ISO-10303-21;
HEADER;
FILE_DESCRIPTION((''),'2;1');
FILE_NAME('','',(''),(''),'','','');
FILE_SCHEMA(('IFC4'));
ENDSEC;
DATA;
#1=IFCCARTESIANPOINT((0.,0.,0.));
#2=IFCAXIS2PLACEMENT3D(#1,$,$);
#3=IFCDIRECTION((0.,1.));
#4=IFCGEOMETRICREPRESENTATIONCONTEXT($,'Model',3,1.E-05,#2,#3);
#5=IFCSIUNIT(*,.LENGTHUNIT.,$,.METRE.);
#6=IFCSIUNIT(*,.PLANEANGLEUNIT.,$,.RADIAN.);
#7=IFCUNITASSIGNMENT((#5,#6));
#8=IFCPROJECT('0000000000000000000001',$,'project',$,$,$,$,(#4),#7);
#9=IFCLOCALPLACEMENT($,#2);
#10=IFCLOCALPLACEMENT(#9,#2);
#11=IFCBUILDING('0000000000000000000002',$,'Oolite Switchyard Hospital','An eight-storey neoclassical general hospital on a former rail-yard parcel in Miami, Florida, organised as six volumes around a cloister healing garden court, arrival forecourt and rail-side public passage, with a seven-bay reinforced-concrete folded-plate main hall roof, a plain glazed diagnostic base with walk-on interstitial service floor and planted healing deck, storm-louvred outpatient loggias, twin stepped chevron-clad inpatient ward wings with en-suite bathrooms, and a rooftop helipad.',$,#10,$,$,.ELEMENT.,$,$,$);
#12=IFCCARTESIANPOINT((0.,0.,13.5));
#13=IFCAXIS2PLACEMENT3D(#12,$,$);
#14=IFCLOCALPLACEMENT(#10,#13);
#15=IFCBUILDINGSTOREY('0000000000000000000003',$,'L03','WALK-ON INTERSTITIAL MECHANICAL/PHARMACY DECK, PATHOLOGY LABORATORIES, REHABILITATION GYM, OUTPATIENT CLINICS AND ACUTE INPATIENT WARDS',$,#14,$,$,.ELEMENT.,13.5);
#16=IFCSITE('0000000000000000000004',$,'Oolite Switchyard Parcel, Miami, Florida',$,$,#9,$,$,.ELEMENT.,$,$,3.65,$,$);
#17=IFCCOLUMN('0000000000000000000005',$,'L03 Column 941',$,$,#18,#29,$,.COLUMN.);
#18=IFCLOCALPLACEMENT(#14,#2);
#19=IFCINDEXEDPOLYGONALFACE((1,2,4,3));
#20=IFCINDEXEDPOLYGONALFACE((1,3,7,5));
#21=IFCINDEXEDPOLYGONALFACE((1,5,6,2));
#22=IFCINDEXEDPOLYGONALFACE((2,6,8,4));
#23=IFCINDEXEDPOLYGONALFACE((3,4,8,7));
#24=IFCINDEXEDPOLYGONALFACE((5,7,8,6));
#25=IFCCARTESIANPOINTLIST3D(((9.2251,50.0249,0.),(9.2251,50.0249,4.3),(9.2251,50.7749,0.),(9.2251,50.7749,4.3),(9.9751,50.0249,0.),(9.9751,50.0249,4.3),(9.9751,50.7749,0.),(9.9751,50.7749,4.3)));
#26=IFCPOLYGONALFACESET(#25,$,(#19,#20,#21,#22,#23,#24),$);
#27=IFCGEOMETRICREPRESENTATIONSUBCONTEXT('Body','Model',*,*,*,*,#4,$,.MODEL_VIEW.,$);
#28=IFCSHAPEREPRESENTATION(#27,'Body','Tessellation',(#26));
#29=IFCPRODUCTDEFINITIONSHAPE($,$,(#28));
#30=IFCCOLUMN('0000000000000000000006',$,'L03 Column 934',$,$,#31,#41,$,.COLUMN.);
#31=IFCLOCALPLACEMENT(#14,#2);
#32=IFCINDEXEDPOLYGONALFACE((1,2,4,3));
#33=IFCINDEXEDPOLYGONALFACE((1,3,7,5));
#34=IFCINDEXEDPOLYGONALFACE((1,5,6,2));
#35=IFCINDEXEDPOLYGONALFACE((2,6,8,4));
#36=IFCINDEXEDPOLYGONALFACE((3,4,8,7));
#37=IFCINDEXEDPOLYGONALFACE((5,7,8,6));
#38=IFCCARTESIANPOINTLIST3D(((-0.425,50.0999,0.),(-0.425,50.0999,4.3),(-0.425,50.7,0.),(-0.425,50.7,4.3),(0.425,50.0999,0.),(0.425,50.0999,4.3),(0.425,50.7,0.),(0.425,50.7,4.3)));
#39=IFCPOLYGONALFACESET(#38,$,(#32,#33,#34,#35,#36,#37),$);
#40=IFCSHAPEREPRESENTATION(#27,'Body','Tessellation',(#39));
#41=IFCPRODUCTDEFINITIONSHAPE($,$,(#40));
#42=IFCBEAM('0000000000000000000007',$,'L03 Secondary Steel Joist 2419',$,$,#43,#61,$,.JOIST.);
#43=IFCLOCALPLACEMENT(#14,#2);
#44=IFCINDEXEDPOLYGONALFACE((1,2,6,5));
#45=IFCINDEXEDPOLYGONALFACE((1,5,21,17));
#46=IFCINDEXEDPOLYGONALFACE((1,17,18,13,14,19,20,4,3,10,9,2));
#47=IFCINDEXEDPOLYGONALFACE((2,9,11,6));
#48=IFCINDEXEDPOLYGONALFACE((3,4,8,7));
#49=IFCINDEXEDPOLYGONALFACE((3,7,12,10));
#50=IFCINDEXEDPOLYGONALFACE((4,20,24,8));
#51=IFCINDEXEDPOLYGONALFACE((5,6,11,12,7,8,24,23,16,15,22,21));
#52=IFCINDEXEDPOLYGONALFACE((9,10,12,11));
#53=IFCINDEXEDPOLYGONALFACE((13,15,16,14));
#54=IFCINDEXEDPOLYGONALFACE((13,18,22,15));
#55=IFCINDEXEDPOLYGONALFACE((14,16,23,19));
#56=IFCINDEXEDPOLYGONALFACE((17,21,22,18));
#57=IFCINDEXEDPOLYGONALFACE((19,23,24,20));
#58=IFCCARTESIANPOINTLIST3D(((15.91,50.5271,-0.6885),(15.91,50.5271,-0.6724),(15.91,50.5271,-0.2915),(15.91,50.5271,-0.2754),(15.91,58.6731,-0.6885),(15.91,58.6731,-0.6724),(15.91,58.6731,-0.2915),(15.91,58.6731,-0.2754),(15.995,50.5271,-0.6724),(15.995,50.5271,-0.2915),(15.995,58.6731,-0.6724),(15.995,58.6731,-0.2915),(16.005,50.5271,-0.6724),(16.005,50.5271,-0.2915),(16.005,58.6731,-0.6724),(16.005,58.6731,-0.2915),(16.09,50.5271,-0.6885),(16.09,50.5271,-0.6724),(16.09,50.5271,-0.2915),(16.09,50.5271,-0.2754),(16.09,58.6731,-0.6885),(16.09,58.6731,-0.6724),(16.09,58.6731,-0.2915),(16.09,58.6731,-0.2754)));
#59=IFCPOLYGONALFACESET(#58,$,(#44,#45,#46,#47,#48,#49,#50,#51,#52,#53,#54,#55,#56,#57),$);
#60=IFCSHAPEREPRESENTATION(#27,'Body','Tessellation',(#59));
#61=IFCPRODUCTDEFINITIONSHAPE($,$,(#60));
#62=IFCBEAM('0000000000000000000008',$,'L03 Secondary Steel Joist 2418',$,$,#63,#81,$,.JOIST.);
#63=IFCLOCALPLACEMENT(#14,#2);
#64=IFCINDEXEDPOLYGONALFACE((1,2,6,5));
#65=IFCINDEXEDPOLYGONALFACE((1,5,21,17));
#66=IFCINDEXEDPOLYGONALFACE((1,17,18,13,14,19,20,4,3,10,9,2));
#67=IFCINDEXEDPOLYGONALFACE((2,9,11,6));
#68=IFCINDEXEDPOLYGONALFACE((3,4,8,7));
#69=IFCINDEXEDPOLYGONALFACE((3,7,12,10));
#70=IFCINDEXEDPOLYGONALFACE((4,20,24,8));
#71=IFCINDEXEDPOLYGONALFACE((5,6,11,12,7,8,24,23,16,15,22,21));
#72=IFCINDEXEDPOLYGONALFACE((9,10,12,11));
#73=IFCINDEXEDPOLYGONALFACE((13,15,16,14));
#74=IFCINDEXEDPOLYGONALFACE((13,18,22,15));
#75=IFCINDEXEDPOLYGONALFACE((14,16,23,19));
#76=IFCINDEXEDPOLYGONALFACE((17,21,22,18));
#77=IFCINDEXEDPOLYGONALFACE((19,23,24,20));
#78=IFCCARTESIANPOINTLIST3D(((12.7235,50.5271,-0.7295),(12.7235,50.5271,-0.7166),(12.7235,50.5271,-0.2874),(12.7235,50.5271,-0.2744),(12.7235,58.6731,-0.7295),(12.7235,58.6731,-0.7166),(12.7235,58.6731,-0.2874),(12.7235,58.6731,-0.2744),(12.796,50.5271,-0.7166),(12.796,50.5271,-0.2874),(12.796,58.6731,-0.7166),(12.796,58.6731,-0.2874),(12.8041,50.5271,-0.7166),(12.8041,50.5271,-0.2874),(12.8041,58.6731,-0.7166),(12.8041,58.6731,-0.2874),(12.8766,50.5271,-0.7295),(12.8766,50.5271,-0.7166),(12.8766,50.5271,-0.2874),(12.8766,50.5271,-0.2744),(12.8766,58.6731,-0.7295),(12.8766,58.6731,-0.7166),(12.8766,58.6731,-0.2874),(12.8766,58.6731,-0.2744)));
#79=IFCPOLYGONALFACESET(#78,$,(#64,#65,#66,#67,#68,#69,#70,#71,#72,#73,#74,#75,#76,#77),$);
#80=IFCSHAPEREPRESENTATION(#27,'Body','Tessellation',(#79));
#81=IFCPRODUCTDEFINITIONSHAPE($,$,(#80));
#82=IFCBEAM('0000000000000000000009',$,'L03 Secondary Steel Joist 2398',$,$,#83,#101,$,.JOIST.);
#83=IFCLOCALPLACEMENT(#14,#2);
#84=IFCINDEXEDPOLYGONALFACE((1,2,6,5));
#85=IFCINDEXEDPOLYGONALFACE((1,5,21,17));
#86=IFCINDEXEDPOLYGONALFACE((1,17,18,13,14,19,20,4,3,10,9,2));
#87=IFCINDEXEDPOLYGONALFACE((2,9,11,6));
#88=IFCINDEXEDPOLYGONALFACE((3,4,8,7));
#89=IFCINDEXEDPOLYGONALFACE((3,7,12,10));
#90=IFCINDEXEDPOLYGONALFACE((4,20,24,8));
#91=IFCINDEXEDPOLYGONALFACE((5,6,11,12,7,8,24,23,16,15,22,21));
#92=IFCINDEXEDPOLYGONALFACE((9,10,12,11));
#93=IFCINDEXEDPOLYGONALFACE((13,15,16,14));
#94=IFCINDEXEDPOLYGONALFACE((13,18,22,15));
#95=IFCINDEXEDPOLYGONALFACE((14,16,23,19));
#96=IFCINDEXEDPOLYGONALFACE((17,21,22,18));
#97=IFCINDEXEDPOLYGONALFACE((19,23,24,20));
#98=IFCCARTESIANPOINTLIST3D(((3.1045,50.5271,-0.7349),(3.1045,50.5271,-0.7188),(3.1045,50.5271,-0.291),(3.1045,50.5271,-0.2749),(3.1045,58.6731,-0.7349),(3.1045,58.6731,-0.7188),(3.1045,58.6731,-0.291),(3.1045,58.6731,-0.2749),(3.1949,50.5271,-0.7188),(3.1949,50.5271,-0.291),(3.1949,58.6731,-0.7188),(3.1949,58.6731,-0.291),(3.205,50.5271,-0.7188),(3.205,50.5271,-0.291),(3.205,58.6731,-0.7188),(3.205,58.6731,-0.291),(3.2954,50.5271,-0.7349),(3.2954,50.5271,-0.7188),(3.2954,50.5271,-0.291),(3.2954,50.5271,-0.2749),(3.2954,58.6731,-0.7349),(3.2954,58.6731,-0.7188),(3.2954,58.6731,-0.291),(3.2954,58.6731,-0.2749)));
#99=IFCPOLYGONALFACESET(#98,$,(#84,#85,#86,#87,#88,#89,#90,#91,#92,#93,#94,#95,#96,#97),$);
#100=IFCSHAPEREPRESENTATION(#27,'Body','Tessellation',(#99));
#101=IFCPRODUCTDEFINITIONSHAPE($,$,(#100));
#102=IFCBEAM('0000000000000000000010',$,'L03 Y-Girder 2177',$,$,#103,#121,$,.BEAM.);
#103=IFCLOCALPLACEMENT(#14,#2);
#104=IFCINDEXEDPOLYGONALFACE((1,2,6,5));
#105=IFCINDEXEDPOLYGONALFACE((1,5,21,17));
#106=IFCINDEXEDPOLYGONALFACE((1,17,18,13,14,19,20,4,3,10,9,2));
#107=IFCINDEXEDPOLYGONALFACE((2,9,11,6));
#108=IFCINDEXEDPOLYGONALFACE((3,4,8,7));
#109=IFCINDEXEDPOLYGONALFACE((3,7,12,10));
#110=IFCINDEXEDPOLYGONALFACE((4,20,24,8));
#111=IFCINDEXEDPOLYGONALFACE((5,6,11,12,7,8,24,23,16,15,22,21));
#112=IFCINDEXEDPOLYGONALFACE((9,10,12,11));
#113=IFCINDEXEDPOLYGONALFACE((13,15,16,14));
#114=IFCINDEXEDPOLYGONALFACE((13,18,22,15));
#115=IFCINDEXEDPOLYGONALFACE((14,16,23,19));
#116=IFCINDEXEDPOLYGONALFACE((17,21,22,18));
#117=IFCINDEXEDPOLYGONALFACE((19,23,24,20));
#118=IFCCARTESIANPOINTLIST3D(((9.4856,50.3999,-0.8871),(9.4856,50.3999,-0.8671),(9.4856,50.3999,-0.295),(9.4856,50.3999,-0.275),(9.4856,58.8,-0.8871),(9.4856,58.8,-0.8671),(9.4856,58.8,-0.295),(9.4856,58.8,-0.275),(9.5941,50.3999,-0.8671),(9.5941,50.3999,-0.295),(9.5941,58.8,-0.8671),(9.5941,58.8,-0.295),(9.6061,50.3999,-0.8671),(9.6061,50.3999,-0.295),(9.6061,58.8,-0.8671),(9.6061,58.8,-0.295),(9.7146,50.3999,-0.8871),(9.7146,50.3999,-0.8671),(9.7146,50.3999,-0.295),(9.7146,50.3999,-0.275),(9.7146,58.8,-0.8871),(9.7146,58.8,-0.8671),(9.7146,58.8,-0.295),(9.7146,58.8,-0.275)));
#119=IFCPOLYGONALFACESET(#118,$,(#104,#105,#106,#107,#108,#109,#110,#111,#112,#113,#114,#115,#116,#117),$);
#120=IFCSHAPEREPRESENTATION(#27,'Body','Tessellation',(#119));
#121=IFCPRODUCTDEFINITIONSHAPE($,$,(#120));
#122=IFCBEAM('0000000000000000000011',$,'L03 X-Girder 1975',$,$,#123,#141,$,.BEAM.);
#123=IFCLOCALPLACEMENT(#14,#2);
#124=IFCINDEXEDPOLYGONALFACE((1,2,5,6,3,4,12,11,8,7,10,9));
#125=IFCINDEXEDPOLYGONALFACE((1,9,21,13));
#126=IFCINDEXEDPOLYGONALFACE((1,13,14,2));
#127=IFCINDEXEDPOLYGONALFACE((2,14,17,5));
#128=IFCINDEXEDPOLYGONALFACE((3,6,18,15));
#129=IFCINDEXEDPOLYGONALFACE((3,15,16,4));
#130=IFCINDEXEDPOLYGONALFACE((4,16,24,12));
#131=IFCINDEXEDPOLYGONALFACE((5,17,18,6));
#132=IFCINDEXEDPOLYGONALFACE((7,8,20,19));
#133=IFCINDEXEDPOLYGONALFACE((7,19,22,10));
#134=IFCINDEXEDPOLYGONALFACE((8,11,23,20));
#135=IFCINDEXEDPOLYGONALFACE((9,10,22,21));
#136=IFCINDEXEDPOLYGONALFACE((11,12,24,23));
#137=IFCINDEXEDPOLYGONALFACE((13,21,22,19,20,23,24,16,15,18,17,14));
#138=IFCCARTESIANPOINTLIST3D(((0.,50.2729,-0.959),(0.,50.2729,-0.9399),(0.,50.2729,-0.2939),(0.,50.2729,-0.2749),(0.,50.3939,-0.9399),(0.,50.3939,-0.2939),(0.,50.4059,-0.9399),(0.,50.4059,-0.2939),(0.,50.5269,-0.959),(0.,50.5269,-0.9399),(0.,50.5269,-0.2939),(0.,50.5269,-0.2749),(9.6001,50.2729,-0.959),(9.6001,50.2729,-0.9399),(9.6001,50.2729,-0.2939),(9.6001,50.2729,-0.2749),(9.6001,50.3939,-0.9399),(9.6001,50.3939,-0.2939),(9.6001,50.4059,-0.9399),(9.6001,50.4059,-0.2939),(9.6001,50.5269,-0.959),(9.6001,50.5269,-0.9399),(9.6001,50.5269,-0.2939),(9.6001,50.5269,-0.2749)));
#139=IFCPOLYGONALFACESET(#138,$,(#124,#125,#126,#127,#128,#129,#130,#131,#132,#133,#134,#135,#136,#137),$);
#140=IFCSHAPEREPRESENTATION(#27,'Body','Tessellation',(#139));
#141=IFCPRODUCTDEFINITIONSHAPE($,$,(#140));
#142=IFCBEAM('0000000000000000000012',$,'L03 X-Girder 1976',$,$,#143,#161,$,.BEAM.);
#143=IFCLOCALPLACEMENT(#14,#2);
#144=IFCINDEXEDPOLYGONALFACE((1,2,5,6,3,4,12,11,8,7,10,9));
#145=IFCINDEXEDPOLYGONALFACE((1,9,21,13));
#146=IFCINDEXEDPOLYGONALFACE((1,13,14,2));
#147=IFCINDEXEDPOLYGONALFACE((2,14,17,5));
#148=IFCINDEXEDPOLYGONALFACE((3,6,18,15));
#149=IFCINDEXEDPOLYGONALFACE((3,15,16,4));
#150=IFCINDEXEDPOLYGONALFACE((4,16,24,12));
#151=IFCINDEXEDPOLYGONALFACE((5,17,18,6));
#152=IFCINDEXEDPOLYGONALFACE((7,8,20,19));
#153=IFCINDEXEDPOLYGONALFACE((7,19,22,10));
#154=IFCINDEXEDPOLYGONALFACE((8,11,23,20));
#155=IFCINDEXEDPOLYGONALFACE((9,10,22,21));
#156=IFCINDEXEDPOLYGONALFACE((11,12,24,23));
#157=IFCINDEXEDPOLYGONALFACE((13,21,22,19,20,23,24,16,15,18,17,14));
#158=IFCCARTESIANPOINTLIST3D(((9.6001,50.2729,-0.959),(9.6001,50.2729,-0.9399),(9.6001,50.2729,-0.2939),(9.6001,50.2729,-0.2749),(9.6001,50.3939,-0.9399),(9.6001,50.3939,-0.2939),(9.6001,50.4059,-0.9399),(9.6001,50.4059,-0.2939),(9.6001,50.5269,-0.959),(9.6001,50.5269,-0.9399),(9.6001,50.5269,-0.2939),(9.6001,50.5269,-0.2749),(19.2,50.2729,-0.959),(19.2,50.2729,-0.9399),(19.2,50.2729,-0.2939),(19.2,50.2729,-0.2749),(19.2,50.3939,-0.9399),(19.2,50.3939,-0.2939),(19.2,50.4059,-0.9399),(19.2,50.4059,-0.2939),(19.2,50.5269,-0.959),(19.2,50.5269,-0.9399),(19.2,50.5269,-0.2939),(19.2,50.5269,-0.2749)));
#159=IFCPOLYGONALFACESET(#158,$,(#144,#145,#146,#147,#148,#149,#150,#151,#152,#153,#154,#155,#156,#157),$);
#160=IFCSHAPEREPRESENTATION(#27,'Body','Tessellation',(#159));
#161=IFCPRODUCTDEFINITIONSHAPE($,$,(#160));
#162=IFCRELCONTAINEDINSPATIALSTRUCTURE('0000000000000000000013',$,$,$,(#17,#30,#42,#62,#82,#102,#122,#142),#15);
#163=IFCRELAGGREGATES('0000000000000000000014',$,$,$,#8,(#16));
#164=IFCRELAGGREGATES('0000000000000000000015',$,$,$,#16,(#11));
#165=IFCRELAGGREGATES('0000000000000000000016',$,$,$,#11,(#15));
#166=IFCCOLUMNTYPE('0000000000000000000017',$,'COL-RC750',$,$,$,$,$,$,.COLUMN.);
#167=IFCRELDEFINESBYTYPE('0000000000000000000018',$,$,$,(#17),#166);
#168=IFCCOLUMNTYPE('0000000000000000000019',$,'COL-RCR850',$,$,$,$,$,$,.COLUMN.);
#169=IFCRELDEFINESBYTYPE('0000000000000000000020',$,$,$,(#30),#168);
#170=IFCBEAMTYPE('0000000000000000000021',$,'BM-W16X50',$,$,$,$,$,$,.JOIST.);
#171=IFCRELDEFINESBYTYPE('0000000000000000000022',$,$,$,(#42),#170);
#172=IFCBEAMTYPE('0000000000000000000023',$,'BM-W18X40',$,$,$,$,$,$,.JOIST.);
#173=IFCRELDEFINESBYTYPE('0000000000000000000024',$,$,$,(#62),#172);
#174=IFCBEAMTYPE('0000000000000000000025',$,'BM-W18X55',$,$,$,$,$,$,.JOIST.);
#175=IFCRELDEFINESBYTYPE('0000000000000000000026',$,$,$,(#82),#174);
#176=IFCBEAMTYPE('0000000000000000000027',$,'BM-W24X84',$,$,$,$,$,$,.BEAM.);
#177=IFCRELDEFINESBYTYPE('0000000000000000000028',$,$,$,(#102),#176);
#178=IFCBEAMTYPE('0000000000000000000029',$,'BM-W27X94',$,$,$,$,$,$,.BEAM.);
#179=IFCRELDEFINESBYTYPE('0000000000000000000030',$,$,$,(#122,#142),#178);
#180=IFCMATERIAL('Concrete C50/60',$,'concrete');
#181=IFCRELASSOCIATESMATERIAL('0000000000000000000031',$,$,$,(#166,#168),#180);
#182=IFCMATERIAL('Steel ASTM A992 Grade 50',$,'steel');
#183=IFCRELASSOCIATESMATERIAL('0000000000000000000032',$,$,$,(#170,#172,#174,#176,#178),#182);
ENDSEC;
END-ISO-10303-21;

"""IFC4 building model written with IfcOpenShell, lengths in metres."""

from ifc_helpers import new_model, si_unit, direction, frame, origin, origin_2d, place, context, subcontext, project, spatial, rectangle, i_section, extrude, material, material_profile, profile_set, type_object, element, save


model = new_model("IFC4")

# Units and contexts
model_context = context("Model", 3, precision=1e-05, world=origin(), true_north=direction((0.0, 1.0)))
body_context = subcontext(model_context, "Body", "Model", "MODEL_VIEW")
ifc_project = project(units=[si_unit("LENGTHUNIT", "METRE"), si_unit("PLANEANGLEUNIT", "RADIAN")], contexts=[model_context])

# Site, building, storey
site_placement = place(None, origin())
site = spatial("IfcSite", under=ifc_project, at=site_placement, Name="Oolite Switchyard Parcel, Miami, Florida", CompositionType="ELEMENT", RefElevation=3.65)
building_placement = place(site_placement, origin())
building = spatial("IfcBuilding", under=site, at=building_placement, Name="Oolite Switchyard Hospital", Description="An eight-storey neoclassical general hospital on a former rail-yard parcel in Miami, Florida, organised as six volumes around a cloister healing garden court, arrival forecourt and rail-side public passage, with a seven-bay reinforced-concrete folded-plate main hall roof, a plain glazed diagnostic base with walk-on interstitial service floor and planted healing deck, storm-louvred outpatient loggias, twin stepped chevron-clad inpatient ward wings with en-suite bathrooms, and a rooftop helipad.", CompositionType="ELEMENT")
storey_placement = place(building_placement, frame((0.0, 0.0, 13.5)))
storey = spatial("IfcBuildingStorey", under=building, at=storey_placement, Name="L03", Description="WALK-ON INTERSTITIAL MECHANICAL/PHARMACY DECK, PATHOLOGY LABORATORIES, REHABILITATION GYM, OUTPATIENT CLINICS AND ACUTE INPATIENT WARDS", CompositionType="ELEMENT", Elevation=13.5)

# Columns
ifc_material_1 = material(Name="Concrete C50/60", Category="concrete")
ifc_material_profile_1 = material_profile(ifc_material_1, rectangle(XDim=0.75, YDim=0.75, at=origin_2d()), Name="RC750X750")
ifc_profile_set_1 = profile_set([ifc_material_profile_1], Name="Concrete C50/60")
column_type_1 = type_object("IfcColumnType", Name="COL-RC750", PredefinedType="COLUMN", material=ifc_profile_set_1)
column_1_placement = place(storey_placement, frame((9.6001, 50.3999, 0.0), z_axis=(0.0, 0.0, 1.0), x_axis=(1.0, 0.0, 0.0)))
element("IfcColumn", 1, at=column_1_placement, inside=storey, type_object=column_type_1, Name="L03 Column 941", PredefinedType="COLUMN", context=body_context, shape_type="SweptSolid", body=[
    extrude(rectangle(XDim=0.75, YDim=0.75, at=origin_2d()), origin(), (0.0, 0.0, 1.0), 4.3),
])
ifc_material_profile_2 = material_profile(ifc_material_1, rectangle(XDim=0.8501, YDim=0.6001, at=origin_2d()), Name="RC850X600")
ifc_profile_set_2 = profile_set([ifc_material_profile_2], Name="Concrete C50/60")
column_type_2 = type_object("IfcColumnType", Name="COL-RCR850", PredefinedType="COLUMN", material=ifc_profile_set_2)
column_2_placement = place(storey_placement, frame((0.0, 50.3999, 0.0), z_axis=(0.0, 0.0, 1.0), x_axis=(1.0, 0.0, 0.0)))
element("IfcColumn", 2, at=column_2_placement, inside=storey, type_object=column_type_2, Name="L03 Column 934", PredefinedType="COLUMN", context=body_context, shape_type="SweptSolid", body=[
    extrude(rectangle(XDim=0.8501, YDim=0.6001, at=origin_2d()), origin(), (0.0, 0.0, 1.0), 4.3),
])

# Beams
ifc_material_2 = material(Name="Steel ASTM A992 Grade 50", Category="steel")
ifc_material_profile_3 = material_profile(ifc_material_2, i_section(OverallWidth=0.1799, OverallDepth=0.4131, WebThickness=0.01, FlangeThickness=0.0161, at=origin_2d()), Name="W16X50")
ifc_profile_set_3 = profile_set([ifc_material_profile_3], Name="Steel ASTM A992 Grade 50")
beam_type_1 = type_object("IfcBeamType", Name="BM-W16X50", PredefinedType="JOIST", material=ifc_profile_set_3)
beam_1_placement = place(storey_placement, frame((16.0, 50.5271, -0.4819), z_axis=(0.0, 1.0, 0.0), x_axis=(-1.0, 0.0, 0.0)))
element("IfcBeam", 3, at=beam_1_placement, inside=storey, type_object=beam_type_1, Name="L03 Secondary Steel Joist 2419", PredefinedType="JOIST", context=body_context, shape_type="SweptSolid", body=[
    extrude(i_section(OverallWidth=0.1799, OverallDepth=0.4131, WebThickness=0.01, FlangeThickness=0.0161, at=origin_2d()), origin(), (0.0, 0.0, 1.0), 8.146),
])
ifc_material_profile_4 = material_profile(ifc_material_2, i_section(OverallWidth=0.1531, OverallDepth=0.4551, WebThickness=0.0081, FlangeThickness=0.0129, at=origin_2d()), Name="W18X40")
ifc_profile_set_4 = profile_set([ifc_material_profile_4], Name="Steel ASTM A992 Grade 50")
beam_type_2 = type_object("IfcBeamType", Name="BM-W18X40", PredefinedType="JOIST", material=ifc_profile_set_4)
beam_2_placement = place(storey_placement, frame((12.8, 50.5271, -0.502), z_axis=(0.0, 1.0, 0.0), x_axis=(-1.0, 0.0, 0.0)))
element("IfcBeam", 4, at=beam_2_placement, inside=storey, type_object=beam_type_2, Name="L03 Secondary Steel Joist 2418", PredefinedType="JOIST", context=body_context, shape_type="SweptSolid", body=[
    extrude(i_section(OverallWidth=0.1531, OverallDepth=0.4551, WebThickness=0.0081, FlangeThickness=0.0129, at=origin_2d()), origin(), (0.0, 0.0, 1.0), 8.146),
])
ifc_material_profile_5 = material_profile(ifc_material_2, i_section(OverallWidth=0.1909, OverallDepth=0.46, WebThickness=0.01, FlangeThickness=0.0161, at=origin_2d()), Name="W18X55")
ifc_profile_set_5 = profile_set([ifc_material_profile_5], Name="Steel ASTM A992 Grade 50")
beam_type_3 = type_object("IfcBeamType", Name="BM-W18X55", PredefinedType="JOIST", material=ifc_profile_set_5)
beam_3_placement = place(storey_placement, frame((3.2, 50.5271, -0.5049), z_axis=(0.0, 1.0, 0.0), x_axis=(-1.0, 0.0, 0.0)))
element("IfcBeam", 5, at=beam_3_placement, inside=storey, type_object=beam_type_3, Name="L03 Secondary Steel Joist 2398", PredefinedType="JOIST", context=body_context, shape_type="SweptSolid", body=[
    extrude(i_section(OverallWidth=0.1909, OverallDepth=0.46, WebThickness=0.01, FlangeThickness=0.0161, at=origin_2d()), origin(), (0.0, 0.0, 1.0), 8.146),
])
ifc_material_profile_6 = material_profile(ifc_material_2, i_section(OverallWidth=0.229, OverallDepth=0.6121, WebThickness=0.012, FlangeThickness=0.02, at=origin_2d()), Name="W24X84")
ifc_profile_set_6 = profile_set([ifc_material_profile_6], Name="Steel ASTM A992 Grade 50")
beam_type_4 = type_object("IfcBeamType", Name="BM-W24X84", PredefinedType="BEAM", material=ifc_profile_set_6)
beam_4_placement = place(storey_placement, frame((9.6001, 50.3999, -0.5811), z_axis=(0.0, 1.0, 0.0), x_axis=(-1.0, 0.0, 0.0)))
element("IfcBeam", 6, at=beam_4_placement, inside=storey, type_object=beam_type_4, Name="L03 Y-Girder 2177", PredefinedType="BEAM", context=body_context, shape_type="SweptSolid", body=[
    extrude(i_section(OverallWidth=0.229, OverallDepth=0.6121, WebThickness=0.012, FlangeThickness=0.02, at=origin_2d()), origin(), (0.0, 0.0, 1.0), 8.4001),
])
ifc_material_profile_7 = material_profile(ifc_material_2, i_section(OverallWidth=0.2539, OverallDepth=0.6841, WebThickness=0.012, FlangeThickness=0.019, at=origin_2d()), Name="W27X94")
ifc_profile_set_7 = profile_set([ifc_material_profile_7], Name="Steel ASTM A992 Grade 50")
beam_type_5 = type_object("IfcBeamType", Name="BM-W27X94", PredefinedType="BEAM", material=ifc_profile_set_7)
beam_5_placement = place(storey_placement, frame((0.0, 50.3999, -0.6169), z_axis=(1.0, 0.0, 0.0), x_axis=(0.0, 1.0, 0.0)))
element("IfcBeam", 7, at=beam_5_placement, inside=storey, type_object=beam_type_5, Name="L03 X-Girder 1975", PredefinedType="BEAM", context=body_context, shape_type="SweptSolid", body=[
    extrude(i_section(OverallWidth=0.2539, OverallDepth=0.6841, WebThickness=0.012, FlangeThickness=0.019, at=origin_2d()), origin(), (0.0, 0.0, 1.0), 9.6001),
])
beam_6_placement = place(storey_placement, frame((9.6001, 50.3999, -0.6169), z_axis=(1.0, 0.0, 0.0), x_axis=(0.0, 1.0, 0.0)))
element("IfcBeam", 8, at=beam_6_placement, inside=storey, type_object=beam_type_5, Name="L03 X-Girder 1976", PredefinedType="BEAM", context=body_context, shape_type="SweptSolid", body=[
    extrude(i_section(OverallWidth=0.2539, OverallDepth=0.6841, WebThickness=0.012, FlangeThickness=0.019, at=origin_2d()), origin(), (0.0, 0.0, 1.0), 9.5999),
])

save(model, "model.ifc")
